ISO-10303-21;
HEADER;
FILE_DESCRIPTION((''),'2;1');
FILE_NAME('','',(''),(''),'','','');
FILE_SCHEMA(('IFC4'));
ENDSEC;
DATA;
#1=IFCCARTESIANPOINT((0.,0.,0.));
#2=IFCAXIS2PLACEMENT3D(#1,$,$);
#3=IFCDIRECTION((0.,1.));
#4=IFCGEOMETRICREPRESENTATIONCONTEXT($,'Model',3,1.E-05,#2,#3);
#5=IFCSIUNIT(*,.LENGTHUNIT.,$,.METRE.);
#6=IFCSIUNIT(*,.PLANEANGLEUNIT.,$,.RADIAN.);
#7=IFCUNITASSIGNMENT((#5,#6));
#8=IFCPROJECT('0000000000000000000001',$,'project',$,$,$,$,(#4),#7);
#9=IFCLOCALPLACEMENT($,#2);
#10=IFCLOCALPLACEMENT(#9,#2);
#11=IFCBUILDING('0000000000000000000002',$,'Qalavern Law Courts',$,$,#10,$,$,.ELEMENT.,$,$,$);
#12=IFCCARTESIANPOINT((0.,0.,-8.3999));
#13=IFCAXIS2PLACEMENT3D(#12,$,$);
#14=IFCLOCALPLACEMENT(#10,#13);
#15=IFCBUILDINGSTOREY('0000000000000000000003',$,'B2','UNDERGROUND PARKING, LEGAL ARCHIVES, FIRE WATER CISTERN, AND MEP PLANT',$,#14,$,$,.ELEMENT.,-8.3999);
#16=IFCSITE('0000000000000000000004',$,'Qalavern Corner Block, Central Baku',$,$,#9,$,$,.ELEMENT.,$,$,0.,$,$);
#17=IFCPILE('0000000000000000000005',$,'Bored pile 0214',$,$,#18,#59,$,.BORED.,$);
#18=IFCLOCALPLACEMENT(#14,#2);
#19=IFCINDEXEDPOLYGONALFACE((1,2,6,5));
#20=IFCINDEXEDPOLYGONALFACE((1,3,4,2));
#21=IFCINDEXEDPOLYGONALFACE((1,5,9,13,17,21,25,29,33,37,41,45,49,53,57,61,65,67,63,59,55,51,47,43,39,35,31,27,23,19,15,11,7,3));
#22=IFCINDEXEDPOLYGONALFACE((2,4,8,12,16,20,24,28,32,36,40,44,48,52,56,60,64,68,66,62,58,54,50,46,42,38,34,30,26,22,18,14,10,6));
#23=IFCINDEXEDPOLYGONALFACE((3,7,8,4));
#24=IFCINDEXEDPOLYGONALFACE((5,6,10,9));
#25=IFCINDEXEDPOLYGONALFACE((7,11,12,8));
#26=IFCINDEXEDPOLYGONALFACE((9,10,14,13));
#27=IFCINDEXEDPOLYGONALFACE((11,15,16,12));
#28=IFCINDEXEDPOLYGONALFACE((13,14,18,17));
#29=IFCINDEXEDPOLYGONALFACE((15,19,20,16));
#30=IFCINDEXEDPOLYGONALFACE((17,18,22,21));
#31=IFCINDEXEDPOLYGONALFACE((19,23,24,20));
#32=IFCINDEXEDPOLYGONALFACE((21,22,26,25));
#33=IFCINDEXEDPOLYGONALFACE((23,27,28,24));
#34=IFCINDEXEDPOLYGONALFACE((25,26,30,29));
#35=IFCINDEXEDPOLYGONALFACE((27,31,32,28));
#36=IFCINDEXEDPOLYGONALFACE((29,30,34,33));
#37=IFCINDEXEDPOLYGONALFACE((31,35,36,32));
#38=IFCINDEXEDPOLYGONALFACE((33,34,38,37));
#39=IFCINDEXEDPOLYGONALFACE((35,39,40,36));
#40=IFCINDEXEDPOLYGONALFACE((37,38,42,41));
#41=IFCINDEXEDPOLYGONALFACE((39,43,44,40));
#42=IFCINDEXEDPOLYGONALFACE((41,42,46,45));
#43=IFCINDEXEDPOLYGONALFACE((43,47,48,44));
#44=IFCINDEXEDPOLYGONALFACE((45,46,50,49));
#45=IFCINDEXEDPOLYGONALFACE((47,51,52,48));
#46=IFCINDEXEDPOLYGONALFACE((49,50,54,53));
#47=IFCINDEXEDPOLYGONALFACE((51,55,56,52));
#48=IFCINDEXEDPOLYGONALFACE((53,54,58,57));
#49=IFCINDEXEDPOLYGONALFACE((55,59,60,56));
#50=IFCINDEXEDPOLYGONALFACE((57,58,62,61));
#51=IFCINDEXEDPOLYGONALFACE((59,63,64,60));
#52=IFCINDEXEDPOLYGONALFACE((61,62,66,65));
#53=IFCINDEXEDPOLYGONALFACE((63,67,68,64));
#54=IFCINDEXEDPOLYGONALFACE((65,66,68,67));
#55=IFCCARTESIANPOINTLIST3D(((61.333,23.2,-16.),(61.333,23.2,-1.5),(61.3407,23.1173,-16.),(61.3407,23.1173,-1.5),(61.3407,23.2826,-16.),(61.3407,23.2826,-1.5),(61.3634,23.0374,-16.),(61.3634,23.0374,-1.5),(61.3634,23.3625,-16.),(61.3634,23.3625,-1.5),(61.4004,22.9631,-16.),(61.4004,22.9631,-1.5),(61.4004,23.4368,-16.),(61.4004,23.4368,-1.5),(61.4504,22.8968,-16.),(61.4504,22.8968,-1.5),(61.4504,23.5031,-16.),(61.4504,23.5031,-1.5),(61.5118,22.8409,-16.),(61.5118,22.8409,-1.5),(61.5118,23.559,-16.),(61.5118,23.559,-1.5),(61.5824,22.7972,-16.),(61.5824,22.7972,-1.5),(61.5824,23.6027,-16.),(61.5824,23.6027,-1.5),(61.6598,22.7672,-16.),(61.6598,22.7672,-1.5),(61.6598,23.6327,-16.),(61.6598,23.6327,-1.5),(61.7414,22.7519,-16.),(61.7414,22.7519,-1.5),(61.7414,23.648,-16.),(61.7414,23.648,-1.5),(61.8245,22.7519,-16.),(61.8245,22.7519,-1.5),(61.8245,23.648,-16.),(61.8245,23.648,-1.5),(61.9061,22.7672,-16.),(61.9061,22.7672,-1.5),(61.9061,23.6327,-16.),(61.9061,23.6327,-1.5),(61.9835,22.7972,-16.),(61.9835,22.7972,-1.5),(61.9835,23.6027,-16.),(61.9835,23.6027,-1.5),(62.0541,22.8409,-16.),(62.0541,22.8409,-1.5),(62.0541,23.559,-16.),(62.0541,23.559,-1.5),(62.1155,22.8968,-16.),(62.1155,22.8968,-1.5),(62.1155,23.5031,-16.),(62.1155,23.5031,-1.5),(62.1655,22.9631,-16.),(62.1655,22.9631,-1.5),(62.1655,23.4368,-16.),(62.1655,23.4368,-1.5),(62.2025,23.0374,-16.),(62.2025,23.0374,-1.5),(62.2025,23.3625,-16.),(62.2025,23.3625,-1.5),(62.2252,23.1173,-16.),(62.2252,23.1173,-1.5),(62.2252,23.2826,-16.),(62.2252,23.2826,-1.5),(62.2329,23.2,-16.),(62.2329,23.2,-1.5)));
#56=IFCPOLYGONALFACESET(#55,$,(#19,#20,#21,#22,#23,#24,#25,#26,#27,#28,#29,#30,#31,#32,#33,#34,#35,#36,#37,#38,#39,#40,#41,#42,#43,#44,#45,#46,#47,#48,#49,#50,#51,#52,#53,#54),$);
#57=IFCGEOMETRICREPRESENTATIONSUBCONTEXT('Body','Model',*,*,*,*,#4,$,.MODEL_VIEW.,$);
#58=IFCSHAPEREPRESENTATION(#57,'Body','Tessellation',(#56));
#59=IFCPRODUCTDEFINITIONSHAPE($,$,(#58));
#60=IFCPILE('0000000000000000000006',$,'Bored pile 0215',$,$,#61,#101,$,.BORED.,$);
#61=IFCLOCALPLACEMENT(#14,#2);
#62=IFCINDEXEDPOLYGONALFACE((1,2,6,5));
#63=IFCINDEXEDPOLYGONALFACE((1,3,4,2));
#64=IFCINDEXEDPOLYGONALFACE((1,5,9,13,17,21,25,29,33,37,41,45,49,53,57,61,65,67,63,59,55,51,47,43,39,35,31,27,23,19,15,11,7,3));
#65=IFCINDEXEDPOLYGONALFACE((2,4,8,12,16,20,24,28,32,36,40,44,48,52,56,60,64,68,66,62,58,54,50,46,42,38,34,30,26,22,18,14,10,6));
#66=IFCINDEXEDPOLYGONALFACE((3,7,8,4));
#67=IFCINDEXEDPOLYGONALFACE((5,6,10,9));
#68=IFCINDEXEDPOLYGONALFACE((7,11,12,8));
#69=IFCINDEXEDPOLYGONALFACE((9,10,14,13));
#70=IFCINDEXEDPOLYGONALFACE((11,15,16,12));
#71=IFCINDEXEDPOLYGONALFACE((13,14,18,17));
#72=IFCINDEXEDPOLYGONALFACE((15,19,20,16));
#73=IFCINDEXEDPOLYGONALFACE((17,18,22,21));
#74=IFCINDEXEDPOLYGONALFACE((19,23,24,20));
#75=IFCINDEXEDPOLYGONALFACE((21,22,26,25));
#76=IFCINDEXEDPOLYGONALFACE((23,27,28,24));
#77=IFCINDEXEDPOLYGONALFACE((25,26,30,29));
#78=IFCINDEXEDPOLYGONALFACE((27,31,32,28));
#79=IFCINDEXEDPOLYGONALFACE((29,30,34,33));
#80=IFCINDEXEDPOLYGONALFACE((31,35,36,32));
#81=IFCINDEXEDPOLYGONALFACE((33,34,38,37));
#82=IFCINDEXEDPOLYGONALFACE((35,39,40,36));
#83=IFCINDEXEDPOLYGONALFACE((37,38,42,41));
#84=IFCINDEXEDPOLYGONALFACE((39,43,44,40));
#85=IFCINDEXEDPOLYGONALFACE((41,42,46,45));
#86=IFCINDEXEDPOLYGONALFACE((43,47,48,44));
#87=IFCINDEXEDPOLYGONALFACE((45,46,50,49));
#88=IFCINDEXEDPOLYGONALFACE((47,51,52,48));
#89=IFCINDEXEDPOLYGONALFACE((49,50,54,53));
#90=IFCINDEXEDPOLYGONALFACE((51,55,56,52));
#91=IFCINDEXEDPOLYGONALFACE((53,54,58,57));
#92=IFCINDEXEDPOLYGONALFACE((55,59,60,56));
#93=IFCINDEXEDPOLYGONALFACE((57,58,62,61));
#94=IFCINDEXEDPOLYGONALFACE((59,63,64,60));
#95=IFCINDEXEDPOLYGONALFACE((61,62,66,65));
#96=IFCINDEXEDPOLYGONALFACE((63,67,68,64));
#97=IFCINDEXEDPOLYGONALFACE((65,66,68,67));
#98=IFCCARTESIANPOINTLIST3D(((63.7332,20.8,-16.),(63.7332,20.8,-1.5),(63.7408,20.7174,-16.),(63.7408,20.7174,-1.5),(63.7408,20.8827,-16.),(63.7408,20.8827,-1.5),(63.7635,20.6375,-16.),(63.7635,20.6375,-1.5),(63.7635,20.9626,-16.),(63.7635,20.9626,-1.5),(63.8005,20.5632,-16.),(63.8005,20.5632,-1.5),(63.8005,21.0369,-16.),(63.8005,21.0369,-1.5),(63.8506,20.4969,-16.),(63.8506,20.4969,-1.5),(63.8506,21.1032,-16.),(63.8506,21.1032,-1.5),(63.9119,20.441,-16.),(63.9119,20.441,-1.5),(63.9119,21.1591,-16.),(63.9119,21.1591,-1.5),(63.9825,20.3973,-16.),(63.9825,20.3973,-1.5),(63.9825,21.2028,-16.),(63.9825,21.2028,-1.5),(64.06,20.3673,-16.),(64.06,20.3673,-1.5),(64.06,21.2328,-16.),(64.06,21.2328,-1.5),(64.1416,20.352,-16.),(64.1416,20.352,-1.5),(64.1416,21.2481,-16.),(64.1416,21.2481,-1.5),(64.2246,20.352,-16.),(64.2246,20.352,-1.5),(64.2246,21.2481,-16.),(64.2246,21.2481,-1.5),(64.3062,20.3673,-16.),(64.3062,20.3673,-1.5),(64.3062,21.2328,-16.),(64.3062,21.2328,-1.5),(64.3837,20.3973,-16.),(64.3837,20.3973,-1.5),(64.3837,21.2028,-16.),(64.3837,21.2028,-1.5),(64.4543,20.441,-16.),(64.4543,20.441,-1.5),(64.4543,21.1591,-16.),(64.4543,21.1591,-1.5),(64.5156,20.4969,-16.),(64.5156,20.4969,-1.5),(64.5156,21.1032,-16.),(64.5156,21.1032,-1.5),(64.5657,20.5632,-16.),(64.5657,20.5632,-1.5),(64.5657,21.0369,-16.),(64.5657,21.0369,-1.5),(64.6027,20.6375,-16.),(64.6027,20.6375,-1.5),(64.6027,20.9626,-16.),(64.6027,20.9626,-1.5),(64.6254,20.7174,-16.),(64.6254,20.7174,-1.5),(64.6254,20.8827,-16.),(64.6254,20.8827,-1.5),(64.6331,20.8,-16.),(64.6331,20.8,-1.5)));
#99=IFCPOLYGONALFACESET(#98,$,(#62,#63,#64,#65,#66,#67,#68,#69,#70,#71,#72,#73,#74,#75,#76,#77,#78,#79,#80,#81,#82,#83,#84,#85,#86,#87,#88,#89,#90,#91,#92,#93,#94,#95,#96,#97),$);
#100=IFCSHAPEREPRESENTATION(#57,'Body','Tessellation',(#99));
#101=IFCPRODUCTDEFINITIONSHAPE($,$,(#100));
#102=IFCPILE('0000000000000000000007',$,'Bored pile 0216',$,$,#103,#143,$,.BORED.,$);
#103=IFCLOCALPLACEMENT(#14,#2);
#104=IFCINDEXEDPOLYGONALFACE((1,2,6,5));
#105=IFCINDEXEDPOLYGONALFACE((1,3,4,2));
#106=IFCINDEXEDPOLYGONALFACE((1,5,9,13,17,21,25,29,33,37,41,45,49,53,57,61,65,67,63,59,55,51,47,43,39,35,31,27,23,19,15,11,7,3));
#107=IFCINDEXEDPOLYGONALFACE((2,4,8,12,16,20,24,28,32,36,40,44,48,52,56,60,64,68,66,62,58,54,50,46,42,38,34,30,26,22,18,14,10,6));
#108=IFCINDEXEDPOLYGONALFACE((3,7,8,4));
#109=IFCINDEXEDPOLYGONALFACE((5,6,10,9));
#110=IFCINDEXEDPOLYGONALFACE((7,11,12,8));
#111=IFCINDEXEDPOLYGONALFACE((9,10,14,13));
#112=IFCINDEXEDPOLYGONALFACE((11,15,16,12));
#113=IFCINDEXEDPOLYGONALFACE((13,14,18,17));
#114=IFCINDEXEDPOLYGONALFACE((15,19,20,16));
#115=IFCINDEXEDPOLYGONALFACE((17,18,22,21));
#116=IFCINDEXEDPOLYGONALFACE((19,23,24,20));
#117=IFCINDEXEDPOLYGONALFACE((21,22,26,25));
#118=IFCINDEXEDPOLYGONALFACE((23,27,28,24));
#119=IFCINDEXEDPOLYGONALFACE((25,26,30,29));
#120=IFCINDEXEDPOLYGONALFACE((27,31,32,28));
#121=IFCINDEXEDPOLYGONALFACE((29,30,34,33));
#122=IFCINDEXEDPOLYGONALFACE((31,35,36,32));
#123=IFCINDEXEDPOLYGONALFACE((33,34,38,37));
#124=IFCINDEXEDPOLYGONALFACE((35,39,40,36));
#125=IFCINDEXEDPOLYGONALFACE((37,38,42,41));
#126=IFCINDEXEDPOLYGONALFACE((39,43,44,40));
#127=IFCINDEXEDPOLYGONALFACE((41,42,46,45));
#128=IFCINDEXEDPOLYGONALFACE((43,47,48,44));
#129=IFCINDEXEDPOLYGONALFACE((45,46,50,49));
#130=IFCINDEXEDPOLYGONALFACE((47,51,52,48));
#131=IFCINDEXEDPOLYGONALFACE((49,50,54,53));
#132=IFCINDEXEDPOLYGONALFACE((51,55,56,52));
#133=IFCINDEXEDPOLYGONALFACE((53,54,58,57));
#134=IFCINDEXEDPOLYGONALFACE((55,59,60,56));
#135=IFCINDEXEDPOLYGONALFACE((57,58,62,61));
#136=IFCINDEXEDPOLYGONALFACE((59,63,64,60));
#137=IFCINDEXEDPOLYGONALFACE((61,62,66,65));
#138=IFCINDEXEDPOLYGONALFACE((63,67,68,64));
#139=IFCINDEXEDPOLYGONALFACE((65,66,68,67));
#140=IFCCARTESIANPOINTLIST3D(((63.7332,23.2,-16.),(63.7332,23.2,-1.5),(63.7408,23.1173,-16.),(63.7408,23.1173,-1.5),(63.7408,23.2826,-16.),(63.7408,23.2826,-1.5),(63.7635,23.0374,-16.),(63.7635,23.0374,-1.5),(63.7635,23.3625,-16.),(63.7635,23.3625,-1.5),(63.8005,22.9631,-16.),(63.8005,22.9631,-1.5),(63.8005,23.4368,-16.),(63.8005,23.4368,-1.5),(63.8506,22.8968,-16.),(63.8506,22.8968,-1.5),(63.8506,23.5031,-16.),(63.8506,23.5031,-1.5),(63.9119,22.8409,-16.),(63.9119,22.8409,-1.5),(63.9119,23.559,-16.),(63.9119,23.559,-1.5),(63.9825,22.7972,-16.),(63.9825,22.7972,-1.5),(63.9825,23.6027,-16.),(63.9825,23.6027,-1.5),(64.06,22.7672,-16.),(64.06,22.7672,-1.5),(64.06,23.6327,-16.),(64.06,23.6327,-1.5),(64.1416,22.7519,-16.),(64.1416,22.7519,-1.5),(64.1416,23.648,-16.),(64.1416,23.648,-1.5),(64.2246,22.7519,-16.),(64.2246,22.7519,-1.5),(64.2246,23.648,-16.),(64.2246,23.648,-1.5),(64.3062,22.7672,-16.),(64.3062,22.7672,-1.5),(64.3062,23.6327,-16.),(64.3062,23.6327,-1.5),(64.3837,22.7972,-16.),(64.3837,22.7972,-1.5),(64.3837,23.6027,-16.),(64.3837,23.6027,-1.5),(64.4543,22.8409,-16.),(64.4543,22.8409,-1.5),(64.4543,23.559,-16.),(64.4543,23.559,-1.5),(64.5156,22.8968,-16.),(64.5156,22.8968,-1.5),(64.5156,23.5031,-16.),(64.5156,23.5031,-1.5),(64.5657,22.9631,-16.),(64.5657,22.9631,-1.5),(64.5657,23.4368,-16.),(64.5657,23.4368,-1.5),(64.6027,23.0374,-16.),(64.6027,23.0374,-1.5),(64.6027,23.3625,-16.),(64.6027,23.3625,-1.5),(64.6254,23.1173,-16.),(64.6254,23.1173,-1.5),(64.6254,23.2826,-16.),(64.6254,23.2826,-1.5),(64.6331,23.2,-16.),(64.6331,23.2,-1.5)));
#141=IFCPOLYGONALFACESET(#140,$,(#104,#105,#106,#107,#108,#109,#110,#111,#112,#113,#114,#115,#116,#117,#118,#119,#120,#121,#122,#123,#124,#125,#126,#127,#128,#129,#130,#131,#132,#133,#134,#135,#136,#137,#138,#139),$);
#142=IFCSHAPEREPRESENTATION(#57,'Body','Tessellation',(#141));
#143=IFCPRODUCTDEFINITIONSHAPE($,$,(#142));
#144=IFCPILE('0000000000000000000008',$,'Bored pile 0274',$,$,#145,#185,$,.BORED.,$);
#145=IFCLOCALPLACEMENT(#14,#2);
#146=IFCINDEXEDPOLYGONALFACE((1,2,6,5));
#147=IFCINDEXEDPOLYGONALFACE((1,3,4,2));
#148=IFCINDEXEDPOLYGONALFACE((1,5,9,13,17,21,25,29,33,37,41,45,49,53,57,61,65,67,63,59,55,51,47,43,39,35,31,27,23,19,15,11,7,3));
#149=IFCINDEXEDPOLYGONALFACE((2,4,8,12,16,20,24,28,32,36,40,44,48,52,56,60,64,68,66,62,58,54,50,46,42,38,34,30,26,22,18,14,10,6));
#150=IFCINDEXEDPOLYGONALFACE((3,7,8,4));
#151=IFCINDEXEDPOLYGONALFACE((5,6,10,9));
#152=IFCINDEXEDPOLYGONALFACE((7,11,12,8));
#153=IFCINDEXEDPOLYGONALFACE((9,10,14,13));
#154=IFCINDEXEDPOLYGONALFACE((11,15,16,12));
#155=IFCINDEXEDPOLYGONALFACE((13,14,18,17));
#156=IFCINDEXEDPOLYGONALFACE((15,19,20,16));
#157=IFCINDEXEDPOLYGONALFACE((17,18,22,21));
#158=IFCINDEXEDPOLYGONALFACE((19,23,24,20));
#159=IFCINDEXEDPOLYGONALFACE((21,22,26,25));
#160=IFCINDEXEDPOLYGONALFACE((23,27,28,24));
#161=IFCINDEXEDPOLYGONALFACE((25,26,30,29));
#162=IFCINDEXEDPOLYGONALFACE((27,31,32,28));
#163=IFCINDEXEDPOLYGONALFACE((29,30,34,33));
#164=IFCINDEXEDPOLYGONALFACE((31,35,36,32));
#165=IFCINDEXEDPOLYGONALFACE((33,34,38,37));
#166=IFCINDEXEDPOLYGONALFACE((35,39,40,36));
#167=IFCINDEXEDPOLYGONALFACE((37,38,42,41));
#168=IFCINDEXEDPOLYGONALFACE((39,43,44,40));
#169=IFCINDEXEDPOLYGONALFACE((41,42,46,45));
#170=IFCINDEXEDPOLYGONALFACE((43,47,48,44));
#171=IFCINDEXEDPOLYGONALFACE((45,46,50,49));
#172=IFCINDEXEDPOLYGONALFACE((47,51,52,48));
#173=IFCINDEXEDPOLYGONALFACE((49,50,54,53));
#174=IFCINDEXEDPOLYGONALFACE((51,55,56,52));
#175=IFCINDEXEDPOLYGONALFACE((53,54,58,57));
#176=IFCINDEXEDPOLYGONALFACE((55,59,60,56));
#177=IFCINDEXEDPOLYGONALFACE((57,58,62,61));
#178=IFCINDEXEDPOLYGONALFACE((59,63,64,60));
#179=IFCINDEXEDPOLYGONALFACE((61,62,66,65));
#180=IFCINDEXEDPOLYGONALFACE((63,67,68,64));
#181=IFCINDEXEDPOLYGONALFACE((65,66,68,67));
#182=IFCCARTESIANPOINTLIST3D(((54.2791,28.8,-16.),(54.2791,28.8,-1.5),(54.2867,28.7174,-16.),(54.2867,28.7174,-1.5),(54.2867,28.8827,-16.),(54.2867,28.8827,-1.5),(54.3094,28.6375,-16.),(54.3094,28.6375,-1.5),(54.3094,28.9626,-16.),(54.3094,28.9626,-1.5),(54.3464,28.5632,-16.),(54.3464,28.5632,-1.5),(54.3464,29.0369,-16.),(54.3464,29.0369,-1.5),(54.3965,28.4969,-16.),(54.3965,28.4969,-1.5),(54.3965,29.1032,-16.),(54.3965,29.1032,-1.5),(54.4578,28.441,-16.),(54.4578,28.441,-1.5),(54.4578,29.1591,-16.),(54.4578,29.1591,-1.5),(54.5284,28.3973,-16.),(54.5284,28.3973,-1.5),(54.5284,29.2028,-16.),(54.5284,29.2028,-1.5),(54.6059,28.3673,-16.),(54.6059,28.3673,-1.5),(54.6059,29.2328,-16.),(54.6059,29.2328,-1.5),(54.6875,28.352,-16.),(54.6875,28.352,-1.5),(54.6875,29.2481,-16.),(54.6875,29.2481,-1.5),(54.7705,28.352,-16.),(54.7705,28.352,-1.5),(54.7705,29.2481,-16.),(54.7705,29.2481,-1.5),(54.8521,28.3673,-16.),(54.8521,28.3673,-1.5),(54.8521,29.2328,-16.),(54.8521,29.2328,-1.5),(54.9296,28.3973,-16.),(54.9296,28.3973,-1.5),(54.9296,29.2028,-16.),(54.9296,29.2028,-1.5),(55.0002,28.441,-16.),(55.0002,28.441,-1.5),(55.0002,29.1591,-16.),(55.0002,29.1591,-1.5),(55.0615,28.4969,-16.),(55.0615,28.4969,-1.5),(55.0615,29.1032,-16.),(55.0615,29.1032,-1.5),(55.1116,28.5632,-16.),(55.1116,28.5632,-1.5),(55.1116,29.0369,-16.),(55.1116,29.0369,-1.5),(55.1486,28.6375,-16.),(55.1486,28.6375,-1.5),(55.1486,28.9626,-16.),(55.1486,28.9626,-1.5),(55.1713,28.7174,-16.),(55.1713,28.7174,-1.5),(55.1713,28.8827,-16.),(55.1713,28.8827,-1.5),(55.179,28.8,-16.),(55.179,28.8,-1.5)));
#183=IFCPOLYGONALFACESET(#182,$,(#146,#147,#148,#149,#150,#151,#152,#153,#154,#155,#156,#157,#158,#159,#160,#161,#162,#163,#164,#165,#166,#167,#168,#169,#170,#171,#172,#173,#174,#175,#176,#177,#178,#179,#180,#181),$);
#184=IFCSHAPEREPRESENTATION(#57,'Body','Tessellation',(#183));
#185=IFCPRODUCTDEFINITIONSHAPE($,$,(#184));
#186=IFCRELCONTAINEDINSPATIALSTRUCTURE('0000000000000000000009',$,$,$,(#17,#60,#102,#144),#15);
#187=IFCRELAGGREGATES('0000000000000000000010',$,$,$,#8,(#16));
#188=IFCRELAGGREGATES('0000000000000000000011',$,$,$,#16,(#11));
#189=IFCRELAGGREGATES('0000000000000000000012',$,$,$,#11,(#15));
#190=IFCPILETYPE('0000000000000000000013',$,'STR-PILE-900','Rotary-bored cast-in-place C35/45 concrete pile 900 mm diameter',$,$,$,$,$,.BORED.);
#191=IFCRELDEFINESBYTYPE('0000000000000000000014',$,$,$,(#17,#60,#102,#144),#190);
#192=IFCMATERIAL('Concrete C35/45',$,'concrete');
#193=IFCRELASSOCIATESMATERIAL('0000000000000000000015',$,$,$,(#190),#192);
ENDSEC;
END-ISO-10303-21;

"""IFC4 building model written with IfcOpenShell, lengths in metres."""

from ifc_helpers import new_model, si_unit, direction, frame, origin, origin_2d, place, context, subcontext, project, spatial, circle, extrude, material, material_profile, profile_set, type_object, element, save


model = new_model("IFC4")

# Units and contexts
model_context = context("Model", 3, precision=1e-05, world=origin(), true_north=direction((0.0, 1.0)))
body_context = subcontext(model_context, "Body", "Model", "MODEL_VIEW")
ifc_project = project(units=[si_unit("LENGTHUNIT", "METRE"), si_unit("PLANEANGLEUNIT", "RADIAN")], contexts=[model_context])

# Site, building, storey
site_placement = place(None, origin())
site = spatial("IfcSite", under=ifc_project, at=site_placement, Name="Qalavern Corner Block, Central Baku", CompositionType="ELEMENT", RefElevation=0.0)
building_placement = place(site_placement, origin())
building = spatial("IfcBuilding", under=site, at=building_placement, Name="Qalavern Law Courts", CompositionType="ELEMENT")
storey_placement = place(building_placement, frame((0.0, 0.0, -8.3999)))
storey = spatial("IfcBuildingStorey", under=building, at=storey_placement, Name="B2", Description="UNDERGROUND PARKING, LEGAL ARCHIVES, FIRE WATER CISTERN, AND MEP PLANT", CompositionType="ELEMENT", Elevation=-8.3999)

# Shared definitions
ifc_material_1 = material(Name="Concrete C35/45", Category="concrete")

# Piles
ifc_material_profile_1 = material_profile(ifc_material_1, circle(Radius=0.45, at=origin_2d()), Name="BORED PILE 900")
ifc_profile_set_1 = profile_set([ifc_material_profile_1], Name="Concrete C35/45")
pile_type_1 = type_object("IfcPileType", Name="STR-PILE-900", Description="Rotary-bored cast-in-place C35/45 concrete pile 900 mm diameter", PredefinedType="BORED", material=ifc_profile_set_1)
for number, where, z_axis, x_axis, name in (
    (1, (61.783, 23.2, -1.5), (0.0, 0.0, -1.0), (1.0, 0.0, 0.0), "Bored pile 0214"),
    (2, (64.1831, 20.8, -1.5), (0.0, 0.0, -1.0), (1.0, 0.0, 0.0), "Bored pile 0215"),
    (3, (64.1831, 23.2, -1.5), (0.0, 0.0, -1.0), (1.0, 0.0, 0.0), "Bored pile 0216"),
    (4, (54.729, 28.8, -1.5), (0.0, 0.0, -1.0), (1.0, 0.0, 0.0), "Bored pile 0274"),
):
    element("IfcPile", number, at=place(storey_placement, frame(where, z_axis=z_axis, x_axis=x_axis)), inside=storey, type_object=pile_type_1, Name=name, PredefinedType="BORED", context=body_context, shape_type="SweptSolid", body=[
        extrude(circle(Radius=0.45, at=origin_2d()), origin(), (0.0, 0.0, 1.0), 14.5),
    ])

save(model, "model.ifc")
